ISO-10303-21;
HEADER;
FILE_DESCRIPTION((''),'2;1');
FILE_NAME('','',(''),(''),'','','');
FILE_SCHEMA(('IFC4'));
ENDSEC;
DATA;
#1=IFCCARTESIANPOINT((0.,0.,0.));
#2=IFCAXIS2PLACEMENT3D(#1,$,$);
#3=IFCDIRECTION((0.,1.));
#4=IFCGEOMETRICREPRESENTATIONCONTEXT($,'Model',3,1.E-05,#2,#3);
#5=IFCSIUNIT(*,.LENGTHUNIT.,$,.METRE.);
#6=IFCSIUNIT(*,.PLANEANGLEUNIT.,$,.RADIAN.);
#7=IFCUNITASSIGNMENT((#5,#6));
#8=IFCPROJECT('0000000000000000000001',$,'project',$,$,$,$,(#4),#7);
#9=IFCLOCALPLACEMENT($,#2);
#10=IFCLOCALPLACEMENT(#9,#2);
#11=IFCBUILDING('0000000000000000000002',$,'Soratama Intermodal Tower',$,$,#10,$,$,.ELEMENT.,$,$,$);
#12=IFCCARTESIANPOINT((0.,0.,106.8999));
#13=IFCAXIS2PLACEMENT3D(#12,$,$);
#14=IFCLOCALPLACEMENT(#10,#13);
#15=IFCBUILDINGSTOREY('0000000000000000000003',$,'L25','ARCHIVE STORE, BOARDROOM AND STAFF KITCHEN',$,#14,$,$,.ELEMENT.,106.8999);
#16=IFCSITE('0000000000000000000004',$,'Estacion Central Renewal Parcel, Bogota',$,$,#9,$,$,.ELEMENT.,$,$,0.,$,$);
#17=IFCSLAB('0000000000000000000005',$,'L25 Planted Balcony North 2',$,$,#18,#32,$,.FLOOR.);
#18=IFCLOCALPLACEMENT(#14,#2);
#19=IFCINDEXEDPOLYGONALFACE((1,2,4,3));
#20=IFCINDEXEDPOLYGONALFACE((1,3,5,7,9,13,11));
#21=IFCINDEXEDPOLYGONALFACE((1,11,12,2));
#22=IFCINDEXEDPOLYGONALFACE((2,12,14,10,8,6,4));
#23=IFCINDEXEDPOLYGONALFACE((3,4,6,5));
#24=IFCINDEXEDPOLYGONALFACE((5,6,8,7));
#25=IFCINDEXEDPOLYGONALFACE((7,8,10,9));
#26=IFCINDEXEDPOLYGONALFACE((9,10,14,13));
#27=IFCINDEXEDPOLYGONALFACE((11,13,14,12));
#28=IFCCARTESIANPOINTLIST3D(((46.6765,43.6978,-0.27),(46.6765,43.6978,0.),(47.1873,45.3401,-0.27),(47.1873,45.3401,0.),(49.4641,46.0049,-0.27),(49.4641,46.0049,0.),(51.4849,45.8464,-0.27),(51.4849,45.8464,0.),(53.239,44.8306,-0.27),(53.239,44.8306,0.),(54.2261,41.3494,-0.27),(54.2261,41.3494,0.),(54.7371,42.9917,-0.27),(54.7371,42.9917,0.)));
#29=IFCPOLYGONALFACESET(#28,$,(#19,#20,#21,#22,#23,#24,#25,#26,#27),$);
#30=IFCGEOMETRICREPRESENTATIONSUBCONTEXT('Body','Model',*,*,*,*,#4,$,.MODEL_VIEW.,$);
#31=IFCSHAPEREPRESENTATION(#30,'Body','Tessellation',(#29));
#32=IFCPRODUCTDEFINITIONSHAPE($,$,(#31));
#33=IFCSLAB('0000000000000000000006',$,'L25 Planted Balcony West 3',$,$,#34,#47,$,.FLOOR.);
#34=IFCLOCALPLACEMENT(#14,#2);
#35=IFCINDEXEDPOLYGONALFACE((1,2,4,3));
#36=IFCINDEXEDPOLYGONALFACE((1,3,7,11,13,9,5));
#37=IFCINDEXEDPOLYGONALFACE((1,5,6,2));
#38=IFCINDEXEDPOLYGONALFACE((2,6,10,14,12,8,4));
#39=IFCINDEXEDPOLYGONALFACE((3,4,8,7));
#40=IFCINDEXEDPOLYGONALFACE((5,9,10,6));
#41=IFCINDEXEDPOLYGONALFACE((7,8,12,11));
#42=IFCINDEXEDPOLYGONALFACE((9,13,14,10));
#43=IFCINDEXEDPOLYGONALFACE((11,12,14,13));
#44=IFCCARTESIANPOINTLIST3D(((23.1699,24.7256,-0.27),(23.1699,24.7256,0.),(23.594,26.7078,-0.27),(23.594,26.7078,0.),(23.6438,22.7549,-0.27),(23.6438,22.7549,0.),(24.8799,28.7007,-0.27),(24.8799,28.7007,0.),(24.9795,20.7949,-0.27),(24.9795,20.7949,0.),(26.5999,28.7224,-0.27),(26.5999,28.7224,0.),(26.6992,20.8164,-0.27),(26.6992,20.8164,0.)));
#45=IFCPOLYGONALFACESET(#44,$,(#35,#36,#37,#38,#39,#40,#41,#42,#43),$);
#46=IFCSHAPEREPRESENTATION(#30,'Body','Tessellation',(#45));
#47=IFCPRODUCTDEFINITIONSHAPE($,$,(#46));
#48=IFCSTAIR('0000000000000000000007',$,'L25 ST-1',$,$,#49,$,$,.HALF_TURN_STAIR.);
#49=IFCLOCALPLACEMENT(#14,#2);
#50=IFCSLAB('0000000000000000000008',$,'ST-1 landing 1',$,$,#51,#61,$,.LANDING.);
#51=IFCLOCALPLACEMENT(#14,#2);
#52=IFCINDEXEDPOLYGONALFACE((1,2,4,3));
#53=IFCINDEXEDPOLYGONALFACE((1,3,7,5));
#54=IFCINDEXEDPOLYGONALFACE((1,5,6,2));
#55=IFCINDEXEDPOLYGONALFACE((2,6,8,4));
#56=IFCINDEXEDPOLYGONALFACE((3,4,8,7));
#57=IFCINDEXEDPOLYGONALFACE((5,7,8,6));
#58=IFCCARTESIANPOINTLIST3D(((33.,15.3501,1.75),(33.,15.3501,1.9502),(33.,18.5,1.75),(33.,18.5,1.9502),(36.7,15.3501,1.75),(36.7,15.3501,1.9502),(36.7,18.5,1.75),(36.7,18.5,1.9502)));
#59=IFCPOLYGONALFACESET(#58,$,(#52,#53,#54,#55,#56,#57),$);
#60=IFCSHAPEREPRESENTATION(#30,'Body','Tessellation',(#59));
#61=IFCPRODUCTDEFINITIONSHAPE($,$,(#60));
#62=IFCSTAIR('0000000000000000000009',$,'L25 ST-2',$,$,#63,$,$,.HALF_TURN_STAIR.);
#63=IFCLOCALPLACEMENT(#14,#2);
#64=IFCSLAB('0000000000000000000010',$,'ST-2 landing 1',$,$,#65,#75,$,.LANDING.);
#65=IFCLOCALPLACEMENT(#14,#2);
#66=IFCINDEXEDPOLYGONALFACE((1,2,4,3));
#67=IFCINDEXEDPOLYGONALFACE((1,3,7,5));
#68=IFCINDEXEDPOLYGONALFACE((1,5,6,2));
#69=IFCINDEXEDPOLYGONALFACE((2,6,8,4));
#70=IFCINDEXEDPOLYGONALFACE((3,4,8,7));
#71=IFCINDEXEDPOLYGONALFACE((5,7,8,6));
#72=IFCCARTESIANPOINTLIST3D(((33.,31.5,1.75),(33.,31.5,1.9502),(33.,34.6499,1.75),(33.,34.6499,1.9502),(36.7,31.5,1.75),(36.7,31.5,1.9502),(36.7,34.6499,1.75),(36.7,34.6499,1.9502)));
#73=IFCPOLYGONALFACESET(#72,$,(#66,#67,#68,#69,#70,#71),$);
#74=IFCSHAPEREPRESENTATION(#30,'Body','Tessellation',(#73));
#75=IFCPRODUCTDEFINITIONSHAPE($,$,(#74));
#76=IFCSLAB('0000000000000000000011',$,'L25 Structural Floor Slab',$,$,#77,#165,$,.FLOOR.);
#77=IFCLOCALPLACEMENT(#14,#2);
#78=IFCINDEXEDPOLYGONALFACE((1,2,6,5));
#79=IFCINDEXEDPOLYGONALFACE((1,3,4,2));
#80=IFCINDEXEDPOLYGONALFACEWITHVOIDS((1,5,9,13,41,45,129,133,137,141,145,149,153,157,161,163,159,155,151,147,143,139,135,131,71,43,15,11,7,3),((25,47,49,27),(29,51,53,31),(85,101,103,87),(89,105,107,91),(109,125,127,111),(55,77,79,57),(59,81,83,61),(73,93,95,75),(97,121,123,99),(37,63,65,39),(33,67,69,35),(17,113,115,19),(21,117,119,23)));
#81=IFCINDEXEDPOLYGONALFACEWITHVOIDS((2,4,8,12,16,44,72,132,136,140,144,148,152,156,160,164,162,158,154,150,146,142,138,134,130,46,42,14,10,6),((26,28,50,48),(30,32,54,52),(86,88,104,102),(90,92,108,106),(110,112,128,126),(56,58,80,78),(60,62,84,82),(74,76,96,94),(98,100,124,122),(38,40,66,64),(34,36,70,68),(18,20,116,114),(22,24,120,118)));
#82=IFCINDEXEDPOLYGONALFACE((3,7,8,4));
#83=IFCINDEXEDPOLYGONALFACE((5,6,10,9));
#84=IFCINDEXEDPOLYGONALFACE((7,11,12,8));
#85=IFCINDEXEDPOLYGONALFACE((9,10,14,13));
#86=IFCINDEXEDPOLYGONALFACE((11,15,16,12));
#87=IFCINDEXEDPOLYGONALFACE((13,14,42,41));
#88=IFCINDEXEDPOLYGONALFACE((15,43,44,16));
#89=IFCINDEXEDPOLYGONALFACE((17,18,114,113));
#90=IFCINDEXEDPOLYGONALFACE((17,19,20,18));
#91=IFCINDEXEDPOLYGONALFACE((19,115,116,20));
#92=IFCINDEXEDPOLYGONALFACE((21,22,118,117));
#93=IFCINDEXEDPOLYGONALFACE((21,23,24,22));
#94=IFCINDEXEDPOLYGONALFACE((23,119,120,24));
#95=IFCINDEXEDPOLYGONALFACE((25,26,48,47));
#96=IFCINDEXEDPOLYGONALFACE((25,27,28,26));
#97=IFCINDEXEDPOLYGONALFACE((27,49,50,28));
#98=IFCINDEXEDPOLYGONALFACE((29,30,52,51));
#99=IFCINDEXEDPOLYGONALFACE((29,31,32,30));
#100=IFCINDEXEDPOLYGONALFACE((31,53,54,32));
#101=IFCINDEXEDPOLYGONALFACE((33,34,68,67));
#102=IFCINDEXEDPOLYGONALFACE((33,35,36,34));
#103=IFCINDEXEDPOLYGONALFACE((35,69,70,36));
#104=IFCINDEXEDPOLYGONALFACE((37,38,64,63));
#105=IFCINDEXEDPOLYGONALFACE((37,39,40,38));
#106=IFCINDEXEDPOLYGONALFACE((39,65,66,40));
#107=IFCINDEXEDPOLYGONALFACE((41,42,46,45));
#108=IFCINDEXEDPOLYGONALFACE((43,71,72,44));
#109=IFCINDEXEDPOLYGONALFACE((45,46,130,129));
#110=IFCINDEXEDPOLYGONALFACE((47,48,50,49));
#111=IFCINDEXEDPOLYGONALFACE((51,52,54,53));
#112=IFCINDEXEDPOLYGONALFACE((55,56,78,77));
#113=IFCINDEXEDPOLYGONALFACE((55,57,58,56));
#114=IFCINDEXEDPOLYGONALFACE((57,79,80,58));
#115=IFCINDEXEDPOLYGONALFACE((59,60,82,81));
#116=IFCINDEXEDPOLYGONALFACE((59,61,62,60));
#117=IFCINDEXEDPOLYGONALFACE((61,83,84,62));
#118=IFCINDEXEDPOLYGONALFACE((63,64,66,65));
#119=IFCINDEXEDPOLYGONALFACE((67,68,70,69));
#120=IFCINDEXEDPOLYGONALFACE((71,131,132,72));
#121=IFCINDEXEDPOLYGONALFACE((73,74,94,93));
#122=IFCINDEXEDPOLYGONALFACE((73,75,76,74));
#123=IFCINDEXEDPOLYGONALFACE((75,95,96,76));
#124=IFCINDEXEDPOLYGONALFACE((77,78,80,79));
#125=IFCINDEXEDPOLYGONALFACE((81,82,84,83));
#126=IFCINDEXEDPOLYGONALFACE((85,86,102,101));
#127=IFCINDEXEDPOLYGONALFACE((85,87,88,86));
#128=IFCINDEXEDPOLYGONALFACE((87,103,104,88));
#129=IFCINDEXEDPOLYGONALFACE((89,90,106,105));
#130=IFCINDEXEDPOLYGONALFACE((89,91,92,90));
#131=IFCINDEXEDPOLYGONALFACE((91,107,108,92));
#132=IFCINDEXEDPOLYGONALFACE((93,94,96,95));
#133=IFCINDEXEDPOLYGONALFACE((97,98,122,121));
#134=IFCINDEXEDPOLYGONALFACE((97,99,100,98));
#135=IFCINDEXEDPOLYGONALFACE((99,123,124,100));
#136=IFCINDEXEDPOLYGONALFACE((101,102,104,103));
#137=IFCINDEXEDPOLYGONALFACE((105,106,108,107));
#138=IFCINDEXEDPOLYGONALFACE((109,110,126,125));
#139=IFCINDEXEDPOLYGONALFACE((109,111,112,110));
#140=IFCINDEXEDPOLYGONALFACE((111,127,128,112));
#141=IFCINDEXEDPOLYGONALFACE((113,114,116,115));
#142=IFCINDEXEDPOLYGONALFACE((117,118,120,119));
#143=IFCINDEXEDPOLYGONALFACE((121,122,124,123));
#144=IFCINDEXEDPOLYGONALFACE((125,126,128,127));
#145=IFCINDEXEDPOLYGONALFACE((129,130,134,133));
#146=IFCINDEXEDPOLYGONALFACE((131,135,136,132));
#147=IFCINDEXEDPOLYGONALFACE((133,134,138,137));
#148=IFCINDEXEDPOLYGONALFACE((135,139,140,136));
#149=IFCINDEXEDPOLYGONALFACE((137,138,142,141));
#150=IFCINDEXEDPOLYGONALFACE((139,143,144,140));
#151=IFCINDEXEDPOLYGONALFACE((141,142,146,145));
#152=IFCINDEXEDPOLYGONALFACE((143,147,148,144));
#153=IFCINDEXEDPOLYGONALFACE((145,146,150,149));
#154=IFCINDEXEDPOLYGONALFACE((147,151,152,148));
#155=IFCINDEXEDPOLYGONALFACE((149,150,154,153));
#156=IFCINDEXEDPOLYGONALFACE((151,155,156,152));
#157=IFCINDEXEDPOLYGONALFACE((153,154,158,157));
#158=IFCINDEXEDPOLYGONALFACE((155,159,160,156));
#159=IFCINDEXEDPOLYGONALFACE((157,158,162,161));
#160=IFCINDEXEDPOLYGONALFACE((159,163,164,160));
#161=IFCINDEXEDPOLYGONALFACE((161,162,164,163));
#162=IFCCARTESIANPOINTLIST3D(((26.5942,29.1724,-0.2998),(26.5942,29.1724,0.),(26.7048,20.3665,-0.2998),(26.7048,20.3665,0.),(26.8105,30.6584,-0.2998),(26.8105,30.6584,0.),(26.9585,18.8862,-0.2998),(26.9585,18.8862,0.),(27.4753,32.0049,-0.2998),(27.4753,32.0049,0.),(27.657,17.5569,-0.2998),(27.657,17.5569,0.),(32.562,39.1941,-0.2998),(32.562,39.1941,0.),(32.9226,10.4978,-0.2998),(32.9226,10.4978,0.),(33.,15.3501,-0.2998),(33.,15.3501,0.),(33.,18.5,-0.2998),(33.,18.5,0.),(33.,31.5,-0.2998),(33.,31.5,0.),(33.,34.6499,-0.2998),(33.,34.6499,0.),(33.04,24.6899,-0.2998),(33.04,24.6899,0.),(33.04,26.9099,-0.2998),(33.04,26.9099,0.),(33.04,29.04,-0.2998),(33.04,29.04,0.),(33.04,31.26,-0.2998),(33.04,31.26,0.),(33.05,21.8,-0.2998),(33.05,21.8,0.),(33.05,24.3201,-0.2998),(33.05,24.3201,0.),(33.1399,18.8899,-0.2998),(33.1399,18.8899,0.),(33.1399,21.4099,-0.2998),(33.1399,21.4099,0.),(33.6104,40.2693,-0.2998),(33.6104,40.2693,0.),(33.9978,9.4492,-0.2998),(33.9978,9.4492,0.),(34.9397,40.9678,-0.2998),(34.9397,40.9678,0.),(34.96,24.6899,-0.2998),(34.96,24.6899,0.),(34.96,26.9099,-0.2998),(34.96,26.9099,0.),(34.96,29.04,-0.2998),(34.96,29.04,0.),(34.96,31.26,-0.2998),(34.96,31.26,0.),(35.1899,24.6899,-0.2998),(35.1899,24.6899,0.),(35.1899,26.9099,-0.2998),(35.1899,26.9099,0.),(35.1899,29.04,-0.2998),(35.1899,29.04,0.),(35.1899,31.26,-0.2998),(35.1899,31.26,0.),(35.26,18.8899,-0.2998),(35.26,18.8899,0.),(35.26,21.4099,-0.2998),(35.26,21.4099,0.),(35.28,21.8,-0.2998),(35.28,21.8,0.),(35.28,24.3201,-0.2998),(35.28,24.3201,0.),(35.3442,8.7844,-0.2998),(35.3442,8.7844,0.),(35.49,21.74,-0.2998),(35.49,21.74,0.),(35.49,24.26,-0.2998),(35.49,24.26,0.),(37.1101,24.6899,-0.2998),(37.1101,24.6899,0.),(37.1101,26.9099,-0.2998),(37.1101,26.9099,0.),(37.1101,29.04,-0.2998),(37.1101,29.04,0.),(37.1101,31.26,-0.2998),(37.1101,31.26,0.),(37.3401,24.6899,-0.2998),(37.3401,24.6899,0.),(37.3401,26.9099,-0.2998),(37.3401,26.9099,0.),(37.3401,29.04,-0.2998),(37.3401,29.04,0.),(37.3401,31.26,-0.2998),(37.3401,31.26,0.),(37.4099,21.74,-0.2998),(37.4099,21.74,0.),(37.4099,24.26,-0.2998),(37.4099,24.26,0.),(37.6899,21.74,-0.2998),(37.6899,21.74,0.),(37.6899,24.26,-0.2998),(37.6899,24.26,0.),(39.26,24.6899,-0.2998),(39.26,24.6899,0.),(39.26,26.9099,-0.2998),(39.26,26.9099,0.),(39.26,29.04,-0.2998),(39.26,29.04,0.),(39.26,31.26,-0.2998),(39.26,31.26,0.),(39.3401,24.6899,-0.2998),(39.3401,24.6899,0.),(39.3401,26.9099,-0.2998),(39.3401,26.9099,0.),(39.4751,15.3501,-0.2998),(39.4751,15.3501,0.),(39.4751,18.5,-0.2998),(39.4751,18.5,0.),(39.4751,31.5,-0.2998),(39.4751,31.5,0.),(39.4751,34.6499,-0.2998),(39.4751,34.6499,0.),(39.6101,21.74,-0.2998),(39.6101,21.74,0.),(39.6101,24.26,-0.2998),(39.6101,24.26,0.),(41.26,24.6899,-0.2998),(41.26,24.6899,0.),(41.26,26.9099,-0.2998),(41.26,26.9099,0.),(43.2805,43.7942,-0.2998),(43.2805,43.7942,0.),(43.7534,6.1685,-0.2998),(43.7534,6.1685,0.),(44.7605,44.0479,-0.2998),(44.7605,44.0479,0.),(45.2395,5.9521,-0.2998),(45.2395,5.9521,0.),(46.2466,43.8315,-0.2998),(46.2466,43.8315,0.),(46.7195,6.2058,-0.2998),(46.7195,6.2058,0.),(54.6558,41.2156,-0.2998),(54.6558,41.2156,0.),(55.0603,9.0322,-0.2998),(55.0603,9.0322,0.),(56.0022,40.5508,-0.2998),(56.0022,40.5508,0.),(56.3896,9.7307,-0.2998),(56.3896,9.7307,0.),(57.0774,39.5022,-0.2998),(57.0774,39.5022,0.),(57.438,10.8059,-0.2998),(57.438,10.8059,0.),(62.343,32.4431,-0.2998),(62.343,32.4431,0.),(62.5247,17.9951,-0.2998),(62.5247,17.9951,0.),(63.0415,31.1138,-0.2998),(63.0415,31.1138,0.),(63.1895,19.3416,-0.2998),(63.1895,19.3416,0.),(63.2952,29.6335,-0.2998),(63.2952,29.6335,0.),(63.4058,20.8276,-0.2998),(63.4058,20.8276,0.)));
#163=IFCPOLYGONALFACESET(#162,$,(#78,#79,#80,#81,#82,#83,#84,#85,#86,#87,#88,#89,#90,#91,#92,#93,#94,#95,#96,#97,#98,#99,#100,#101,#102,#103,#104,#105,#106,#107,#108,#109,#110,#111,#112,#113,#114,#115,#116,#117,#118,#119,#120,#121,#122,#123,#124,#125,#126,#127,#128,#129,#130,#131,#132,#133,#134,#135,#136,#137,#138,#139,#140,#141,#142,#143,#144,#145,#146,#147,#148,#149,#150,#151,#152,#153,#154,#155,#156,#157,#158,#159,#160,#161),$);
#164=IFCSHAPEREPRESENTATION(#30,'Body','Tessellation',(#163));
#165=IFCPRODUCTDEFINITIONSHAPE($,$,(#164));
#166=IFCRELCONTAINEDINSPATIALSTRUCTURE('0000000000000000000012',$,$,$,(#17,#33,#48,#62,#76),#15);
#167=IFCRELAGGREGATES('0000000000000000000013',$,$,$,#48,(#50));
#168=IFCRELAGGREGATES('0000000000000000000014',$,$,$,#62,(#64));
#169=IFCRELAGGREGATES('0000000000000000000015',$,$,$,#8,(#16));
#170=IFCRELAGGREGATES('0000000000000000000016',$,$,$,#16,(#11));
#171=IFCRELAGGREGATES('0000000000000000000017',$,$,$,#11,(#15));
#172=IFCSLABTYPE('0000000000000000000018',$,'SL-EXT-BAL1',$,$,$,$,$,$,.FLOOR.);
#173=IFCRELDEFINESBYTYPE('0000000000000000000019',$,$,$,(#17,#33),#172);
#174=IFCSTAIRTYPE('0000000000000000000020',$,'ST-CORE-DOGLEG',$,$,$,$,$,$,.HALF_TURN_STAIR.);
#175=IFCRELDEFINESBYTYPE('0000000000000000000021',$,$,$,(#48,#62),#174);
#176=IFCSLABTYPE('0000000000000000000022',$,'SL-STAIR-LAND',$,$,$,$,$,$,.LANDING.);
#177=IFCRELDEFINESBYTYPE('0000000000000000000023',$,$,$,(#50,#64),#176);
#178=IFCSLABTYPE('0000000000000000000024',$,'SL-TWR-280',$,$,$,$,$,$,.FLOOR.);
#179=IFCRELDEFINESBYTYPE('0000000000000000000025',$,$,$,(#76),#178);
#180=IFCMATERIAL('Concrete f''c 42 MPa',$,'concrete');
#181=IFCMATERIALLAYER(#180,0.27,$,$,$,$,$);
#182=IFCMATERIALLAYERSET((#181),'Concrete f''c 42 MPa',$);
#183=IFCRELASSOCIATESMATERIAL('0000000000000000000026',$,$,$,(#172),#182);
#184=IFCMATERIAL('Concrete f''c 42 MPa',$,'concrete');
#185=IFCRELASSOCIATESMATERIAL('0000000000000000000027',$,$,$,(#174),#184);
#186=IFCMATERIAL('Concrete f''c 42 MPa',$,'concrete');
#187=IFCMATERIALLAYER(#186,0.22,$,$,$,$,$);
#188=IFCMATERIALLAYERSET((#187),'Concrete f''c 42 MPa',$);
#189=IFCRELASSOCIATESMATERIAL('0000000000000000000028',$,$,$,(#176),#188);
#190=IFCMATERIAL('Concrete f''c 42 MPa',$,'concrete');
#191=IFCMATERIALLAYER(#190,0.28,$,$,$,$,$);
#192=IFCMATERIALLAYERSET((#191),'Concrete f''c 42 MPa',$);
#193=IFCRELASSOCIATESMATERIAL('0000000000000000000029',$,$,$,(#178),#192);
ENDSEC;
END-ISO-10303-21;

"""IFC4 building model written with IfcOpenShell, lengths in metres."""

from ifc_helpers import new_model, si_unit, direction, frame, origin, place, context, subcontext, project, spatial, polyline, outline, extrude, material, layer, layer_set, type_object, element, aggregate, save


model = new_model("IFC4")

# Units and contexts
model_context = context("Model", 3, precision=1e-05, world=origin(), true_north=direction((0.0, 1.0)))
body_context = subcontext(model_context, "Body", "Model", "MODEL_VIEW")
ifc_project = project(units=[si_unit("LENGTHUNIT", "METRE"), si_unit("PLANEANGLEUNIT", "RADIAN")], contexts=[model_context])

# Site, building, storey
site_placement = place(None, origin())
site = spatial("IfcSite", under=ifc_project, at=site_placement, Name="Estacion Central Renewal Parcel, Bogota", CompositionType="ELEMENT", RefElevation=0.0)
building_placement = place(site_placement, origin())
building = spatial("IfcBuilding", under=site, at=building_placement, Name="Soratama Intermodal Tower", CompositionType="ELEMENT")
storey_placement = place(building_placement, frame((0.0, 0.0, 106.8999)))
storey = spatial("IfcBuildingStorey", under=building, at=storey_placement, Name="L25", Description="ARCHIVE STORE, BOARDROOM AND STAFF KITCHEN", CompositionType="ELEMENT", Elevation=106.8999)

# Slabs
ifc_material_1 = material(Name="Concrete f'c 42 MPa", Category="concrete")
ifc_layer_1 = layer(ifc_material_1, 0.27)
ifc_layer_set_1 = layer_set([ifc_layer_1], Name="Concrete f'c 42 MPa")
slab_type_1 = type_object("IfcSlabType", Name="SL-EXT-BAL1", PredefinedType="FLOOR", material=ifc_layer_set_1)
slab_1_placement = place(storey_placement, frame((0.0, 0.0, -0.27)))
element("IfcSlab", 1, at=slab_1_placement, inside=storey, type_object=slab_type_1, Name="L25 Planted Balcony North 2", PredefinedType="FLOOR", context=body_context, shape_type="SweptSolid", body=[
    extrude(outline(polyline([(54.2261, 41.3494), (46.6765, 43.6978), (47.1873, 45.3401), (49.4641, 46.0049), (51.4849, 45.8464), (53.239, 44.8306), (54.7371, 42.9917), (54.2261, 41.3494)])), origin(), (0.0, 0.0, 1.0), 0.27),
])
slab_2_placement = place(storey_placement, frame((0.0, 0.0, -0.27)))
element("IfcSlab", 2, at=slab_2_placement, inside=storey, type_object=slab_type_1, Name="L25 Planted Balcony West 3", PredefinedType="FLOOR", context=body_context, shape_type="SweptSolid", body=[
    extrude(outline(polyline([(26.5999, 28.7224), (26.6992, 20.8164), (24.9795, 20.7949), (23.6438, 22.7549), (23.1699, 24.7256), (23.594, 26.7078), (24.8799, 28.7007), (26.5999, 28.7224)])), origin(), (0.0, 0.0, 1.0), 0.27),
])

# Stairs, slabs
ifc_material_2 = material(Name="Concrete f'c 42 MPa", Category="concrete")
stair_type = type_object("IfcStairType", Name="ST-CORE-DOGLEG", PredefinedType="HALF_TURN_STAIR", material=ifc_material_2)
stair_1_placement = place(storey_placement, origin())
stair_1 = element("IfcStair", 3, at=stair_1_placement, inside=storey, type_object=stair_type, Name="L25 ST-1", PredefinedType="HALF_TURN_STAIR")
ifc_material_3 = material(Name="Concrete f'c 42 MPa", Category="concrete")
ifc_layer_2 = layer(ifc_material_3, 0.22)
ifc_layer_set_2 = layer_set([ifc_layer_2], Name="Concrete f'c 42 MPa")
slab_type_2 = type_object("IfcSlabType", Name="SL-STAIR-LAND", PredefinedType="LANDING", material=ifc_layer_set_2)
slab_3_placement = place(storey_placement, frame((0.0, 0.0, 1.75)))
slab_3 = element("IfcSlab", 4, at=slab_3_placement, type_object=slab_type_2, Name="ST-1 landing 1", PredefinedType="LANDING", context=body_context, shape_type="SweptSolid", body=[
    extrude(outline(polyline([(36.7, 18.5), (33.0, 18.5), (33.0, 15.3501), (36.7, 15.3501), (36.7, 18.5)])), origin(), (0.0, 0.0, 1.0), 0.2002),
])
aggregate(stair_1, [slab_3])
stair_2_placement = place(storey_placement, origin())
stair_2 = element("IfcStair", 5, at=stair_2_placement, inside=storey, type_object=stair_type, Name="L25 ST-2", PredefinedType="HALF_TURN_STAIR")
slab_4_placement = place(storey_placement, frame((0.0, 0.0, 1.75)))
slab_4 = element("IfcSlab", 6, at=slab_4_placement, type_object=slab_type_2, Name="ST-2 landing 1", PredefinedType="LANDING", context=body_context, shape_type="SweptSolid", body=[
    extrude(outline(polyline([(36.7, 34.6499), (33.0, 34.6499), (33.0, 31.5), (36.7, 31.5), (36.7, 34.6499)])), origin(), (0.0, 0.0, 1.0), 0.2002),
])
aggregate(stair_2, [slab_4])

# Slab
ifc_material_4 = material(Name="Concrete f'c 42 MPa", Category="concrete")
ifc_layer_3 = layer(ifc_material_4, 0.28)
ifc_layer_set_3 = layer_set([ifc_layer_3], Name="Concrete f'c 42 MPa")
slab_type_3 = type_object("IfcSlabType", Name="SL-TWR-280", PredefinedType="FLOOR", material=ifc_layer_set_3)
slab_5_placement = place(storey_placement, frame((0.0, 0.0, -0.2998)))
element("IfcSlab", 7, at=slab_5_placement, inside=storey, type_object=slab_type_3, Name="L25 Structural Floor Slab", PredefinedType="FLOOR", context=body_context, shape_type="SweptSolid", body=[
    extrude(outline(polyline([(63.2952, 29.6335), (63.0415, 31.1138), (62.343, 32.4431), (57.0774, 39.5022), (56.0022, 40.5508), (54.6558, 41.2156), (46.2466, 43.8315), (44.7605, 44.0479), (43.2805, 43.7942), (34.9397, 40.9678), (33.6104, 40.2693), (32.562, 39.1941), (27.4753, 32.0049), (26.8105, 30.6584), (26.5942, 29.1724), (26.7048, 20.3665), (26.9585, 18.8862), (27.657, 17.5569), (32.9226, 10.4978), (33.9978, 9.4492), (35.3442, 8.7844), (43.7534, 6.1685), (45.2395, 5.9521), (46.7195, 6.2058), (55.0603, 9.0322), (56.3896, 9.7307), (57.438, 10.8059), (62.5247, 17.9951), (63.1895, 19.3416), (63.4058, 20.8276), (63.2952, 29.6335)]), holes=[polyline([(33.0, 18.5), (33.0, 15.3501), (39.4751, 15.3501), (39.4751, 18.5), (33.0, 18.5)]), polyline([(35.26, 18.8899), (35.26, 21.4099), (33.1399, 21.4099), (33.1399, 18.8899), (35.26, 18.8899)]), polyline([(33.05, 21.8), (35.28, 21.8), (35.28, 24.3201), (33.05, 24.3201), (33.05, 21.8)]), polyline([(34.96, 26.9099), (33.04, 26.9099), (33.04, 24.6899), (34.96, 24.6899), (34.96, 26.9099)]), polyline([(37.1101, 24.6899), (37.1101, 26.9099), (35.1899, 26.9099), (35.1899, 24.6899), (37.1101, 24.6899)]), polyline([(34.96, 29.04), (34.96, 31.26), (33.04, 31.26), (33.04, 29.04), (34.96, 29.04)]), polyline([(37.1101, 31.26), (35.1899, 31.26), (35.1899, 29.04), (37.1101, 29.04), (37.1101, 31.26)]), polyline([(37.4099, 21.74), (37.4099, 24.26), (35.49, 24.26), (35.49, 21.74), (37.4099, 21.74)]), polyline([(39.6101, 21.74), (39.6101, 24.26), (37.6899, 24.26), (37.6899, 21.74), (39.6101, 21.74)]), polyline([(39.26, 24.6899), (39.26, 26.9099), (37.3401, 26.9099), (37.3401, 24.6899), (39.26, 24.6899)]), polyline([(41.26, 24.6899), (41.26, 26.9099), (39.3401, 26.9099), (39.3401, 24.6899), (41.26, 24.6899)]), polyline([(39.26, 29.04), (39.26, 31.26), (37.3401, 31.26), (37.3401, 29.04), (39.26, 29.04)]), polyline([(39.4751, 34.6499), (33.0, 34.6499), (33.0, 31.5), (39.4751, 31.5), (39.4751, 34.6499)])]), origin(), (0.0, 0.0, 1.0), 0.2998),
])

save(model, "model.ifc")
